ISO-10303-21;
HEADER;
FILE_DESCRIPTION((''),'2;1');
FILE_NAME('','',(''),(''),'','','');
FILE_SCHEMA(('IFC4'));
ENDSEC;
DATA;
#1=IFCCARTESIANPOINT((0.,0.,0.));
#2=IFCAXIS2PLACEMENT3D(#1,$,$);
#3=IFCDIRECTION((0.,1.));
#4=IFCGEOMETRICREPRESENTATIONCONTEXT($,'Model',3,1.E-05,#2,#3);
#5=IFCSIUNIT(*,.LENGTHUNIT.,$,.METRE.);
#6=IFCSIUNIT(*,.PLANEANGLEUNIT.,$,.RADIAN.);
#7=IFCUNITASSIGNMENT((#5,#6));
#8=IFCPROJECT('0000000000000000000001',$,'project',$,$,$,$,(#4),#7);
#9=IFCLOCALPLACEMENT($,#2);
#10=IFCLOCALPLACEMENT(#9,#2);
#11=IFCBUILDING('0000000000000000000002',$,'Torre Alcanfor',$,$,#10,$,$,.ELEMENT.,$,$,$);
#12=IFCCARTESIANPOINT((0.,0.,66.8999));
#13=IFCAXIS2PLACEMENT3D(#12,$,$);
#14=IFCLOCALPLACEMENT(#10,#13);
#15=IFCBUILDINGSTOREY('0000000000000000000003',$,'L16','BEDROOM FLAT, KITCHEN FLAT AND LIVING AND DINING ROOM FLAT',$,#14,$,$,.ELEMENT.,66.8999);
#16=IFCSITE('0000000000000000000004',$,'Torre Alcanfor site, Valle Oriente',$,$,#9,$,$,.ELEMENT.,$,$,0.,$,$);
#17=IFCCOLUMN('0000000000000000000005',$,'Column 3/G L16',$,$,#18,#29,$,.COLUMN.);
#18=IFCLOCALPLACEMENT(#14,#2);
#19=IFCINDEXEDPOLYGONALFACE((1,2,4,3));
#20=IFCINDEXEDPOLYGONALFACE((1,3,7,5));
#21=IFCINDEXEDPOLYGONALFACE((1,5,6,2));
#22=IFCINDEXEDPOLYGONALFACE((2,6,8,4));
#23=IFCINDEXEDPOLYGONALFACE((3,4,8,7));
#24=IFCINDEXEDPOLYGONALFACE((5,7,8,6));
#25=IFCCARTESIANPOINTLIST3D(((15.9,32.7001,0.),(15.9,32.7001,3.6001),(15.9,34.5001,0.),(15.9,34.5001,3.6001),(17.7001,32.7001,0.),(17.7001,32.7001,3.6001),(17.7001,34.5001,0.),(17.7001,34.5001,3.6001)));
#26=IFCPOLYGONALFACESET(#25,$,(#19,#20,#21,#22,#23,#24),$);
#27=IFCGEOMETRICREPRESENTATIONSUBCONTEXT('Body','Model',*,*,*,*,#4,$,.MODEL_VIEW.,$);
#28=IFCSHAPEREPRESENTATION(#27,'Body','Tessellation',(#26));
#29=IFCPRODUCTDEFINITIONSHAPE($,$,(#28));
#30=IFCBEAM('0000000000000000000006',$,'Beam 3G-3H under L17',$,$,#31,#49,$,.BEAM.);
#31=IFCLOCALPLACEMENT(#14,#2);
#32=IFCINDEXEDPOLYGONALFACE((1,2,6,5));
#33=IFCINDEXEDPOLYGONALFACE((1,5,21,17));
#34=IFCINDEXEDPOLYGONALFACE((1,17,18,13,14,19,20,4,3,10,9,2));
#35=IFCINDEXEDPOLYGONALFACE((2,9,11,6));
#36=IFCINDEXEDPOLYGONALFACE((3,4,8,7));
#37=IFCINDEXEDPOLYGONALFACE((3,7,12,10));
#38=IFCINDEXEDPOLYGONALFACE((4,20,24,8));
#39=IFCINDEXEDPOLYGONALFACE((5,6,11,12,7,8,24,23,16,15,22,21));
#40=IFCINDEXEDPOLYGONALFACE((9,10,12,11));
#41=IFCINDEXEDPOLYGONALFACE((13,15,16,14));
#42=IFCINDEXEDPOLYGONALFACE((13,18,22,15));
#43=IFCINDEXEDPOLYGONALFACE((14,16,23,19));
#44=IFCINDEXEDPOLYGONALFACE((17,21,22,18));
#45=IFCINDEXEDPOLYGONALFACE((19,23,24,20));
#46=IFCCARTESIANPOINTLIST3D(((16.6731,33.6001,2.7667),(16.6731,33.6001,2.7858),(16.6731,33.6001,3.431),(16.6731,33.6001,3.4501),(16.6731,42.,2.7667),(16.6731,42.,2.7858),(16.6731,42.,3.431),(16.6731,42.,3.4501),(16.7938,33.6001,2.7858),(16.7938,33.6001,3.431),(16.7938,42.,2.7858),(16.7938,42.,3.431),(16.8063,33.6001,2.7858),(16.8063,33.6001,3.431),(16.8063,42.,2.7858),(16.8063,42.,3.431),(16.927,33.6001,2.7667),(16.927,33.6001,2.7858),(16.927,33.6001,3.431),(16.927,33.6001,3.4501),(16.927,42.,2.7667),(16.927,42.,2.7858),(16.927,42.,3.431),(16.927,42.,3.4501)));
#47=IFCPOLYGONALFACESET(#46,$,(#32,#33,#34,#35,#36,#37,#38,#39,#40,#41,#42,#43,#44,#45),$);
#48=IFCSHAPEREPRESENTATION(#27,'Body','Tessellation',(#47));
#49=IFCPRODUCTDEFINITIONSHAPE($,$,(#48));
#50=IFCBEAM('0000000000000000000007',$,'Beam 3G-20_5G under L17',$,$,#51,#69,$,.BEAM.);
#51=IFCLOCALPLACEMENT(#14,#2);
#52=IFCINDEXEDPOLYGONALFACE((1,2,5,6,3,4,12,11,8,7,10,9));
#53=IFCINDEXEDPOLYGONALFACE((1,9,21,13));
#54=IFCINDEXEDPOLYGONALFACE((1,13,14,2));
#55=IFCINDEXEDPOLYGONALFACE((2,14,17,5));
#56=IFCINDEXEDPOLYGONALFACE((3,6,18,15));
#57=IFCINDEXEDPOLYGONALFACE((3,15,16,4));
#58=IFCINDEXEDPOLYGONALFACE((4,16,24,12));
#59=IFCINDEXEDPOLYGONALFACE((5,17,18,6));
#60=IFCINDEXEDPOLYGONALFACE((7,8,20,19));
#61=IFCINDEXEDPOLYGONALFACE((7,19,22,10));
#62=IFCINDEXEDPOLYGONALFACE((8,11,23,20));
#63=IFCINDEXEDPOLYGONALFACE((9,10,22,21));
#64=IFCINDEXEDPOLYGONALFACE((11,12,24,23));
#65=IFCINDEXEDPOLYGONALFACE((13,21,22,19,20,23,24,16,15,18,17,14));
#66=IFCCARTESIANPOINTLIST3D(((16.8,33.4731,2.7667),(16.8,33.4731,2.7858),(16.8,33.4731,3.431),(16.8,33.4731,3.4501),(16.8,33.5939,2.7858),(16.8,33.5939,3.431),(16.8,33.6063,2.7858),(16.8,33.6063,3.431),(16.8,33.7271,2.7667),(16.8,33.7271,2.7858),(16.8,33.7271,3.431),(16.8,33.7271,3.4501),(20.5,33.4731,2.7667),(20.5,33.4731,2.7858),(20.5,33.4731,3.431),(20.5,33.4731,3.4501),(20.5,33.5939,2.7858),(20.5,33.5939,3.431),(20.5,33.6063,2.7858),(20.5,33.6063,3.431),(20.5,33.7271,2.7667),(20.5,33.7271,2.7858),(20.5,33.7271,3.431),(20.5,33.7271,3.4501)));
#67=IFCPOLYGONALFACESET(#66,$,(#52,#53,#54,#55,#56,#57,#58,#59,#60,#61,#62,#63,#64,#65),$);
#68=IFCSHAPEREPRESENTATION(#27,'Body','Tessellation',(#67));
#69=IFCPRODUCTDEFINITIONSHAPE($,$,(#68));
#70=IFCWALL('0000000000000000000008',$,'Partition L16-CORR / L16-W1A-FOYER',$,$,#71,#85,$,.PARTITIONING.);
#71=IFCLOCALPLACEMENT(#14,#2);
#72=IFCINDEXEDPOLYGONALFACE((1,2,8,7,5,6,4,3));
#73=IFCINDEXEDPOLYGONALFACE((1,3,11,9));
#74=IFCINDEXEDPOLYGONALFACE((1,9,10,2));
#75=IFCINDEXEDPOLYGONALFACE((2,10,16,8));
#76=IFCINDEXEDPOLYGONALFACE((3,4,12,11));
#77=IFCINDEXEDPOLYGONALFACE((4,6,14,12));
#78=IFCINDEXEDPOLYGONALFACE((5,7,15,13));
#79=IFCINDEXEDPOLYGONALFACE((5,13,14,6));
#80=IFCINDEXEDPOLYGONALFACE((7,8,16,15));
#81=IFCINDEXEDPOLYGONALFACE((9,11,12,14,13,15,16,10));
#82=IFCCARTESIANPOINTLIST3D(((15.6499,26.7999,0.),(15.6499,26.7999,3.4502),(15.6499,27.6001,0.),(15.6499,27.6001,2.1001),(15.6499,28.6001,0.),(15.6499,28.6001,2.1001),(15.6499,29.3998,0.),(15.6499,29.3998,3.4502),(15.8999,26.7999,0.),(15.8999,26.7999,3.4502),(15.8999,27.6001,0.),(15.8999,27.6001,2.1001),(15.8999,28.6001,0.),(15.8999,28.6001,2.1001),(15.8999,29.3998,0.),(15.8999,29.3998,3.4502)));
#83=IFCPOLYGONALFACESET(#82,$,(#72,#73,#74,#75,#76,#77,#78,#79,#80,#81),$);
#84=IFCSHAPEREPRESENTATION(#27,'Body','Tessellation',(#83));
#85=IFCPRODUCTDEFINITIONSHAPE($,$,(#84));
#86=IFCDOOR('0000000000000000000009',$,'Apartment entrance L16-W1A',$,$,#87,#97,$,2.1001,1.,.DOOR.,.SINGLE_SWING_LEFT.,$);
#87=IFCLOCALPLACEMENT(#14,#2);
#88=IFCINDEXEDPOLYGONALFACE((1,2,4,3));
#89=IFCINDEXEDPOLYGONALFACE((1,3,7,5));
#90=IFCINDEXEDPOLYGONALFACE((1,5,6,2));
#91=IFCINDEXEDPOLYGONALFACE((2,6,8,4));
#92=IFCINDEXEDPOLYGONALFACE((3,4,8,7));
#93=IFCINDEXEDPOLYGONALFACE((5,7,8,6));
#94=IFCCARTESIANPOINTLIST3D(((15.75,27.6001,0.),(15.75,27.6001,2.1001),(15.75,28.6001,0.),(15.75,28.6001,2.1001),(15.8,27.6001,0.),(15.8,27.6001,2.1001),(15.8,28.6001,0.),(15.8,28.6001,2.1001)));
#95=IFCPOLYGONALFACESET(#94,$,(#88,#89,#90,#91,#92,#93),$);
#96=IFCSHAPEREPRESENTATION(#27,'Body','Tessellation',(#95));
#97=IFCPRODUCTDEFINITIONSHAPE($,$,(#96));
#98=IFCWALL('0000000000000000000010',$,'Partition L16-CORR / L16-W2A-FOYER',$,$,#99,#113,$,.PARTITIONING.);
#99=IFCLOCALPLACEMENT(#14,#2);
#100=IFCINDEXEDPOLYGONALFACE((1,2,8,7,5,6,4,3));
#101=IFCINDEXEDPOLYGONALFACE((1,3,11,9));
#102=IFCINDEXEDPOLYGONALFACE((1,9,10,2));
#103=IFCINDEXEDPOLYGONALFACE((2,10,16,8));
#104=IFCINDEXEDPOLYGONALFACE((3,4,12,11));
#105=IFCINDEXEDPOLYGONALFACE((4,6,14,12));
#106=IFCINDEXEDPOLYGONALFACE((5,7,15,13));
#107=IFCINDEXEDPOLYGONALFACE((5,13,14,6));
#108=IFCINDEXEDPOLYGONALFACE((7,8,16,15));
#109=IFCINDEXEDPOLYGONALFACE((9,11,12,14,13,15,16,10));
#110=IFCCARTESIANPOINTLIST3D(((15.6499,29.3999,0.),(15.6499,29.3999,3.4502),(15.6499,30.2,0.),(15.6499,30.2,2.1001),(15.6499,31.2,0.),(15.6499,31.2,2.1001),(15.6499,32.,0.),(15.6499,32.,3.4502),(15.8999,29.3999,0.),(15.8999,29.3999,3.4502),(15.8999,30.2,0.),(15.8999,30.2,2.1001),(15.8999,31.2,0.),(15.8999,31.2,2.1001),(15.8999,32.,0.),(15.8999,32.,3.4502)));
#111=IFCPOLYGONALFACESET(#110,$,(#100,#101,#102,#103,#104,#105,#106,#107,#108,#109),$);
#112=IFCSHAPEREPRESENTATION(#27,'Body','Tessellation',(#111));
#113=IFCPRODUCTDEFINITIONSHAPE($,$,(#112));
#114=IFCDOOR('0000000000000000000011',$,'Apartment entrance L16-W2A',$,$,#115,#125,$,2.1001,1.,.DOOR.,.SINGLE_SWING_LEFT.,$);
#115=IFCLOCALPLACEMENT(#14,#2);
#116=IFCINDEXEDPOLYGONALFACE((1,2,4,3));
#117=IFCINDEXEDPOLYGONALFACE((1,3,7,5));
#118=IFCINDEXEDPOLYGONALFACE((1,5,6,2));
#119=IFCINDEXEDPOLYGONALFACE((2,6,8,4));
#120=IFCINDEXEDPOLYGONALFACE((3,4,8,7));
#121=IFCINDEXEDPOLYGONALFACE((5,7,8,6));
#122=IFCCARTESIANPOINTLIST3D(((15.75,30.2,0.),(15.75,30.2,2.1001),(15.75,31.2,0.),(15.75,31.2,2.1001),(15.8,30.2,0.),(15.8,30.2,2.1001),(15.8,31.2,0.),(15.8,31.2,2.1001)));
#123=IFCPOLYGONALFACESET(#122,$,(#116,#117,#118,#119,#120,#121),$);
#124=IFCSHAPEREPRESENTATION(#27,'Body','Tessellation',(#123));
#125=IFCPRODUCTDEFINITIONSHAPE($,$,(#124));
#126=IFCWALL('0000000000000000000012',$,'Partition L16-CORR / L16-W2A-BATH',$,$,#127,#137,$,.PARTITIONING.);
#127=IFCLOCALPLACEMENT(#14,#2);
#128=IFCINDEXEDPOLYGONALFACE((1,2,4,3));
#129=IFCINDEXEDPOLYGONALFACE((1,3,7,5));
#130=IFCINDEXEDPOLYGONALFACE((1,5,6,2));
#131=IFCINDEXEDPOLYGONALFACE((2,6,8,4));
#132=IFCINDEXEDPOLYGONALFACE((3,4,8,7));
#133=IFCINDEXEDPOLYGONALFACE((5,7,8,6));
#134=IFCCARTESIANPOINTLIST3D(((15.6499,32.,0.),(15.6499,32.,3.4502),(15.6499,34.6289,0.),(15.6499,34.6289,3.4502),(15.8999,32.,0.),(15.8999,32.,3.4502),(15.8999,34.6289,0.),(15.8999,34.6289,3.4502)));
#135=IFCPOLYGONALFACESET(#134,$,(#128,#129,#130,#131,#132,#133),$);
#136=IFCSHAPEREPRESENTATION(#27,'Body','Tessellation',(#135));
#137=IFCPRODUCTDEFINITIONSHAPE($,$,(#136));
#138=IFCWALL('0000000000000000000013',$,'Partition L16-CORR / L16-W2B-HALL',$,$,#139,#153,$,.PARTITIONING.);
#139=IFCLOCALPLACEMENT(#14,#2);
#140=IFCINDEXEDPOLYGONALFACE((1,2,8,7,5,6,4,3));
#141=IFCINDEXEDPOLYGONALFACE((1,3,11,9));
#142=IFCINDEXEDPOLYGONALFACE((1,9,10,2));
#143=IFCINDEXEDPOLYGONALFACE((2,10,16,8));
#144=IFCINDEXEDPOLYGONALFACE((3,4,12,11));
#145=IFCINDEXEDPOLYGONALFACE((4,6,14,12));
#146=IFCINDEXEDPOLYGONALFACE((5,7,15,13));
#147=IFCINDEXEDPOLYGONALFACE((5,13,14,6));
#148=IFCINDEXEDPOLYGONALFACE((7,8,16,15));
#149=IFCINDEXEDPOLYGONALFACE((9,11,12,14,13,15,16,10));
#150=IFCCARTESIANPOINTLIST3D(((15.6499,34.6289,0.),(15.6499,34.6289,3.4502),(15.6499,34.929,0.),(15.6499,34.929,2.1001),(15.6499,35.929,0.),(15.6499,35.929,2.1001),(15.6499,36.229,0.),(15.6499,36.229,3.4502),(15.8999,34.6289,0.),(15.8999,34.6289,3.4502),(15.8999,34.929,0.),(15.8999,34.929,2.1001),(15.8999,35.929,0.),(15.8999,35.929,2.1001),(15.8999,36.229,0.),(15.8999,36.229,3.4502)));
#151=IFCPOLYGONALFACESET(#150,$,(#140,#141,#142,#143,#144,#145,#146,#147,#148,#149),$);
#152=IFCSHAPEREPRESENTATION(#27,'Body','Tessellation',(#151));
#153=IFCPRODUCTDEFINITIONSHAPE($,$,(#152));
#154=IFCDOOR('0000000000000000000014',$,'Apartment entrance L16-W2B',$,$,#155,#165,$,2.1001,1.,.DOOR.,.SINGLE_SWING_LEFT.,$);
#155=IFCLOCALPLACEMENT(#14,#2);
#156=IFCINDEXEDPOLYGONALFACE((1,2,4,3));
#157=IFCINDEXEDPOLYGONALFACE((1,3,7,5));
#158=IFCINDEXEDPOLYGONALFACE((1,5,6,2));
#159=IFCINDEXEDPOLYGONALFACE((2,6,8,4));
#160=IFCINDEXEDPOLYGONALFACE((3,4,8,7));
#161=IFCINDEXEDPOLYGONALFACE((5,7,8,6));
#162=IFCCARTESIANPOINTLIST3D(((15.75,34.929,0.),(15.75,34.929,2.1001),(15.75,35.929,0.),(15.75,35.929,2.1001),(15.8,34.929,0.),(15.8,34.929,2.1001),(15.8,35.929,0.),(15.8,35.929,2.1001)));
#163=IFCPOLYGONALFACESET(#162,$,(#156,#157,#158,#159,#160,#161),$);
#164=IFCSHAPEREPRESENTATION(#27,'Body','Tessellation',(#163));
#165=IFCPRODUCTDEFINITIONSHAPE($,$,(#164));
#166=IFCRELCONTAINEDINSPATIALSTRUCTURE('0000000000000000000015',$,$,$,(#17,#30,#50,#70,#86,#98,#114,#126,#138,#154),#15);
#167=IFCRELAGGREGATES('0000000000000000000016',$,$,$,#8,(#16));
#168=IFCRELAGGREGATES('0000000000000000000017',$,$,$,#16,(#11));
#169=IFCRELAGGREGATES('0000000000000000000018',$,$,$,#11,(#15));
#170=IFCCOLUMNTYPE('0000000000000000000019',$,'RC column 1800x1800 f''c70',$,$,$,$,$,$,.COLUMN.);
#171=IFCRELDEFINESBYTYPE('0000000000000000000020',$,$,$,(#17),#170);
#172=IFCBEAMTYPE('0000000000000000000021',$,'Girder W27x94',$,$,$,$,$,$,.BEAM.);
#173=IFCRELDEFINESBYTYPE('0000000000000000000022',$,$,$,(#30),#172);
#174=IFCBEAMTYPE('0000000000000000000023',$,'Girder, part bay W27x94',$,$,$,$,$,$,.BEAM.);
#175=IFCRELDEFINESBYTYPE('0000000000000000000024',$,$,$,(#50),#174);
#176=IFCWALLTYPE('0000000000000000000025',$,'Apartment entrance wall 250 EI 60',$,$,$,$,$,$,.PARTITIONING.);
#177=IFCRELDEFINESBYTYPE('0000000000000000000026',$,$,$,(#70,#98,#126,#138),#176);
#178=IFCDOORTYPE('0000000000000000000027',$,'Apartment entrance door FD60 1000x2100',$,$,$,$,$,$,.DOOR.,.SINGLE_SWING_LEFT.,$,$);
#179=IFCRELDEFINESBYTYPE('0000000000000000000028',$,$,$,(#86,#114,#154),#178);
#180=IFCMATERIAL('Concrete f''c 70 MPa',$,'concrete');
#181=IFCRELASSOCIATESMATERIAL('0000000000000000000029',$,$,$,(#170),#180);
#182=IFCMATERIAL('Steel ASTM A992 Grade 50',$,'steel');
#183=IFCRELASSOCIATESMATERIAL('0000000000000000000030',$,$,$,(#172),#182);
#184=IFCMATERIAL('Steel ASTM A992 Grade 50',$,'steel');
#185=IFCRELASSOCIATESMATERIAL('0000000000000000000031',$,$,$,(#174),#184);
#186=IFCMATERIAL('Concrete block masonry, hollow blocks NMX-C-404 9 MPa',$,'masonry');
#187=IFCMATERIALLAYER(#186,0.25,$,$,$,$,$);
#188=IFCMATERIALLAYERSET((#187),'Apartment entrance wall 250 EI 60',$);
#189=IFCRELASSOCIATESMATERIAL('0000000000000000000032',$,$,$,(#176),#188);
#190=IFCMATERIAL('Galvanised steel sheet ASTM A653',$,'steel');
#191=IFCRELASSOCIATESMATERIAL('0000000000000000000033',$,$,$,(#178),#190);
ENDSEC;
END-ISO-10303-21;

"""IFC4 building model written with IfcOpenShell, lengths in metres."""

from ifc_helpers import new_model, si_unit, direction, frame, frame_2d, origin, origin_2d, place, context, subcontext, project, spatial, rectangle, i_section, extrude, material, layer, layer_set, material_profile, profile_set, type_object, element, fill, save


model = new_model("IFC4")

# Units and contexts
model_context = context("Model", 3, precision=1e-05, world=origin(), true_north=direction((0.0, 1.0)))
body_context = subcontext(model_context, "Body", "Model", "MODEL_VIEW")
ifc_project = project(units=[si_unit("LENGTHUNIT", "METRE"), si_unit("PLANEANGLEUNIT", "RADIAN")], contexts=[model_context])

# Site, building, storey
site_placement = place(None, origin())
site = spatial("IfcSite", under=ifc_project, at=site_placement, Name="Torre Alcanfor site, Valle Oriente", CompositionType="ELEMENT", RefElevation=0.0)
building_placement = place(site_placement, origin())
building = spatial("IfcBuilding", under=site, at=building_placement, Name="Torre Alcanfor", CompositionType="ELEMENT")
storey_placement = place(building_placement, frame((0.0, 0.0, 66.8999)))
storey = spatial("IfcBuildingStorey", under=building, at=storey_placement, Name="L16", Description="BEDROOM FLAT, KITCHEN FLAT AND LIVING AND DINING ROOM FLAT", CompositionType="ELEMENT", Elevation=66.8999)

# Column
ifc_material_1 = material(Name="Concrete f'c 70 MPa", Category="concrete")
ifc_material_profile_1 = material_profile(ifc_material_1, rectangle(XDim=1.8, YDim=1.8, at=origin_2d()), Name="1800x1800")
ifc_profile_set_1 = profile_set([ifc_material_profile_1], Name="Concrete f'c 70 MPa")
column_type = type_object("IfcColumnType", Name="RC column 1800x1800 f'c70", PredefinedType="COLUMN", material=ifc_profile_set_1)
column_placement = place(storey_placement, frame((16.8, 33.6001, 0.0), z_axis=(0.0, 0.0, 1.0), x_axis=(1.0, 0.0, 0.0)))
element("IfcColumn", 1, at=column_placement, inside=storey, type_object=column_type, Name="Column 3/G L16", PredefinedType="COLUMN", context=body_context, shape_type="SweptSolid", body=[
    extrude(rectangle(XDim=1.8, YDim=1.8, at=origin_2d()), origin(), (0.0, 0.0, 1.0), 3.6001),
])

# Beams
ifc_material_2 = material(Name="Steel ASTM A992 Grade 50", Category="steel")
ifc_material_profile_2 = material_profile(ifc_material_2, i_section(OverallWidth=0.2539, OverallDepth=0.6833, WebThickness=0.0125, FlangeThickness=0.019, at=origin_2d()), Name="W27x94")
ifc_profile_set_2 = profile_set([ifc_material_profile_2], Name="Steel ASTM A992 Grade 50")
beam_type_1 = type_object("IfcBeamType", Name="Girder W27x94", PredefinedType="BEAM", material=ifc_profile_set_2)
beam_1_placement = place(storey_placement, frame((16.8, 33.6001, 3.1084), z_axis=(0.0, 1.0, 0.0), x_axis=(-1.0, 0.0, 0.0)))
element("IfcBeam", 2, at=beam_1_placement, inside=storey, type_object=beam_type_1, Name="Beam 3G-3H under L17", PredefinedType="BEAM", context=body_context, shape_type="SweptSolid", body=[
    extrude(i_section(OverallWidth=0.2539, OverallDepth=0.6833, WebThickness=0.0125, FlangeThickness=0.019, at=origin_2d()), origin(), (0.0, 0.0, 1.0), 8.3999),
])
ifc_material_3 = material(Name="Steel ASTM A992 Grade 50", Category="steel")
ifc_material_profile_3 = material_profile(ifc_material_3, i_section(OverallWidth=0.2539, OverallDepth=0.6833, WebThickness=0.0125, FlangeThickness=0.019, at=origin_2d()), Name="W27x94")
ifc_profile_set_3 = profile_set([ifc_material_profile_3], Name="Steel ASTM A992 Grade 50")
beam_type_2 = type_object("IfcBeamType", Name="Girder, part bay W27x94", PredefinedType="BEAM", material=ifc_profile_set_3)
beam_2_placement = place(storey_placement, frame((16.8, 33.6001, 3.1084), z_axis=(1.0, 0.0, 0.0), x_axis=(0.0, 1.0, 0.0)))
element("IfcBeam", 3, at=beam_2_placement, inside=storey, type_object=beam_type_2, Name="Beam 3G-20_5G under L17", PredefinedType="BEAM", context=body_context, shape_type="SweptSolid", body=[
    extrude(i_section(OverallWidth=0.2539, OverallDepth=0.6833, WebThickness=0.0125, FlangeThickness=0.019, at=origin_2d()), origin(), (0.0, 0.0, 1.0), 3.7),
])

# Walls, openings, doors
ifc_material_4 = material(Name="Concrete block masonry, hollow blocks NMX-C-404 9 MPa", Category="masonry")
ifc_layer_1 = layer(ifc_material_4, 0.25)
ifc_layer_set_1 = layer_set([ifc_layer_1], Name="Apartment entrance wall 250 EI 60")
wall_type_1 = type_object("IfcWallType", Name="Apartment entrance wall 250 EI 60", PredefinedType="PARTITIONING", material=ifc_layer_set_1)
wall_1_placement = place(storey_placement, frame((15.7749, 26.8, 0.0), z_axis=(0.0, 0.0, 1.0), x_axis=(0.0, 1.0, 0.0)))
wall_1 = element("IfcWall", 4, at=wall_1_placement, inside=storey, type_object=wall_type_1, Name="Partition L16-CORR / L16-W1A-FOYER", PredefinedType="PARTITIONING", context=body_context, shape_type="SweptSolid", body=[
    extrude(rectangle(XDim=2.5999, YDim=0.25, at=frame_2d((1.2998, 0.0))), origin(), (0.0, 0.0, 1.0), 3.4502),
])
opening_1_placement = place(wall_1_placement, frame((0.8, 0.0, 0.0)))
opening_1 = element("IfcOpeningElement", 5, at=opening_1_placement, cuts=wall_1, PredefinedType="OPENING", context=body_context, shape_type="SweptSolid", body=[
    extrude(rectangle(XDim=1.0, YDim=2.1001, at=frame_2d((0.5, 1.05))), frame((0.0, 0.135, 0.0), z_axis=(0.0, -1.0, 0.0), x_axis=(1.0, 0.0, 0.0)), (0.0, 0.0, 1.0), 0.27),
])
ifc_material_5 = material(Name="Galvanised steel sheet ASTM A653", Category="steel")
door_type_1 = type_object("IfcDoorType", Name="Apartment entrance door FD60 1000x2100", OperationType="SINGLE_SWING_LEFT", PredefinedType="DOOR", material=ifc_material_5)
door_1_placement = place(opening_1_placement, origin())
door_1 = element("IfcDoor", 6, at=door_1_placement, inside=storey, type_object=door_type_1, Name="Apartment entrance L16-W1A", OperationType="SINGLE_SWING_LEFT", OverallHeight=2.1001, OverallWidth=1.0, PredefinedType="DOOR", context=body_context, shape_type="SweptSolid", body=[
    extrude(rectangle(XDim=1.0, YDim=2.1001, at=frame_2d((0.5, 1.05))), frame((0.0, 0.0249, 0.0), z_axis=(0.0, -1.0, 0.0), x_axis=(1.0, 0.0, 0.0)), (0.0, 0.0, 1.0), 0.05),
])
fill(opening_1, door_1)
wall_2_placement = place(storey_placement, frame((15.7749, 29.3999, 0.0), z_axis=(0.0, 0.0, 1.0), x_axis=(0.0, 1.0, 0.0)))
wall_2 = element("IfcWall", 7, at=wall_2_placement, inside=storey, type_object=wall_type_1, Name="Partition L16-CORR / L16-W2A-FOYER", PredefinedType="PARTITIONING", context=body_context, shape_type="SweptSolid", body=[
    extrude(rectangle(XDim=2.6001, YDim=0.25, at=frame_2d((1.3, 0.0))), origin(), (0.0, 0.0, 1.0), 3.4502),
])
opening_2_placement = place(wall_2_placement, frame((0.8, 0.0, 0.0)))
opening_2 = element("IfcOpeningElement", 8, at=opening_2_placement, cuts=wall_2, PredefinedType="OPENING", context=body_context, shape_type="SweptSolid", body=[
    extrude(rectangle(XDim=1.0, YDim=2.1001, at=frame_2d((0.5, 1.05))), frame((0.0, 0.135, 0.0), z_axis=(0.0, -1.0, 0.0), x_axis=(1.0, 0.0, 0.0)), (0.0, 0.0, 1.0), 0.27),
])
door_2_placement = place(opening_2_placement, origin())
door_2 = element("IfcDoor", 9, at=door_2_placement, inside=storey, type_object=door_type_1, Name="Apartment entrance L16-W2A", OperationType="SINGLE_SWING_LEFT", OverallHeight=2.1001, OverallWidth=1.0, PredefinedType="DOOR", context=body_context, shape_type="SweptSolid", body=[
    extrude(rectangle(XDim=1.0, YDim=2.1001, at=frame_2d((0.5, 1.05))), frame((0.0, 0.0249, 0.0), z_axis=(0.0, -1.0, 0.0), x_axis=(1.0, 0.0, 0.0)), (0.0, 0.0, 1.0), 0.05),
])
fill(opening_2, door_2)

# Wall
wall_3_placement = place(storey_placement, frame((15.7749, 32.0, 0.0), z_axis=(0.0, 0.0, 1.0), x_axis=(0.0, 1.0, 0.0)))
element("IfcWall", 10, at=wall_3_placement, inside=storey, type_object=wall_type_1, Name="Partition L16-CORR / L16-W2A-BATH", PredefinedType="PARTITIONING", context=body_context, shape_type="SweptSolid", body=[
    extrude(rectangle(XDim=2.6289, YDim=0.25, at=frame_2d((1.3145, 0.0))), origin(), (0.0, 0.0, 1.0), 3.4502),
])

# Wall, opening, door
wall_4_placement = place(storey_placement, frame((15.7749, 34.6289, 0.0), z_axis=(0.0, 0.0, 1.0), x_axis=(0.0, 1.0, 0.0)))
wall_4 = element("IfcWall", 11, at=wall_4_placement, inside=storey, type_object=wall_type_1, Name="Partition L16-CORR / L16-W2B-HALL", PredefinedType="PARTITIONING", context=body_context, shape_type="SweptSolid", body=[
    extrude(rectangle(XDim=1.6001, YDim=0.25, at=frame_2d((0.8, 0.0))), origin(), (0.0, 0.0, 1.0), 3.4502),
])
opening_3_placement = place(wall_4_placement, frame((0.3, 0.0, 0.0)))
opening_3 = element("IfcOpeningElement", 12, at=opening_3_placement, cuts=wall_4, PredefinedType="OPENING", context=body_context, shape_type="SweptSolid", body=[
    extrude(rectangle(XDim=1.0, YDim=2.1001, at=frame_2d((0.5, 1.05))), frame((0.0, 0.135, 0.0), z_axis=(0.0, -1.0, 0.0), x_axis=(1.0, 0.0, 0.0)), (0.0, 0.0, 1.0), 0.27),
])
door_3_placement = place(opening_3_placement, origin())
door_3 = element("IfcDoor", 13, at=door_3_placement, inside=storey, type_object=door_type_1, Name="Apartment entrance L16-W2B", OperationType="SINGLE_SWING_LEFT", OverallHeight=2.1001, OverallWidth=1.0, PredefinedType="DOOR", context=body_context, shape_type="SweptSolid", body=[
    extrude(rectangle(XDim=1.0, YDim=2.1001, at=frame_2d((0.5, 1.05))), frame((0.0, 0.0249, 0.0), z_axis=(0.0, -1.0, 0.0), x_axis=(1.0, 0.0, 0.0)), (0.0, 0.0, 1.0), 0.05),
])
fill(opening_3, door_3)

save(model, "model.ifc")
